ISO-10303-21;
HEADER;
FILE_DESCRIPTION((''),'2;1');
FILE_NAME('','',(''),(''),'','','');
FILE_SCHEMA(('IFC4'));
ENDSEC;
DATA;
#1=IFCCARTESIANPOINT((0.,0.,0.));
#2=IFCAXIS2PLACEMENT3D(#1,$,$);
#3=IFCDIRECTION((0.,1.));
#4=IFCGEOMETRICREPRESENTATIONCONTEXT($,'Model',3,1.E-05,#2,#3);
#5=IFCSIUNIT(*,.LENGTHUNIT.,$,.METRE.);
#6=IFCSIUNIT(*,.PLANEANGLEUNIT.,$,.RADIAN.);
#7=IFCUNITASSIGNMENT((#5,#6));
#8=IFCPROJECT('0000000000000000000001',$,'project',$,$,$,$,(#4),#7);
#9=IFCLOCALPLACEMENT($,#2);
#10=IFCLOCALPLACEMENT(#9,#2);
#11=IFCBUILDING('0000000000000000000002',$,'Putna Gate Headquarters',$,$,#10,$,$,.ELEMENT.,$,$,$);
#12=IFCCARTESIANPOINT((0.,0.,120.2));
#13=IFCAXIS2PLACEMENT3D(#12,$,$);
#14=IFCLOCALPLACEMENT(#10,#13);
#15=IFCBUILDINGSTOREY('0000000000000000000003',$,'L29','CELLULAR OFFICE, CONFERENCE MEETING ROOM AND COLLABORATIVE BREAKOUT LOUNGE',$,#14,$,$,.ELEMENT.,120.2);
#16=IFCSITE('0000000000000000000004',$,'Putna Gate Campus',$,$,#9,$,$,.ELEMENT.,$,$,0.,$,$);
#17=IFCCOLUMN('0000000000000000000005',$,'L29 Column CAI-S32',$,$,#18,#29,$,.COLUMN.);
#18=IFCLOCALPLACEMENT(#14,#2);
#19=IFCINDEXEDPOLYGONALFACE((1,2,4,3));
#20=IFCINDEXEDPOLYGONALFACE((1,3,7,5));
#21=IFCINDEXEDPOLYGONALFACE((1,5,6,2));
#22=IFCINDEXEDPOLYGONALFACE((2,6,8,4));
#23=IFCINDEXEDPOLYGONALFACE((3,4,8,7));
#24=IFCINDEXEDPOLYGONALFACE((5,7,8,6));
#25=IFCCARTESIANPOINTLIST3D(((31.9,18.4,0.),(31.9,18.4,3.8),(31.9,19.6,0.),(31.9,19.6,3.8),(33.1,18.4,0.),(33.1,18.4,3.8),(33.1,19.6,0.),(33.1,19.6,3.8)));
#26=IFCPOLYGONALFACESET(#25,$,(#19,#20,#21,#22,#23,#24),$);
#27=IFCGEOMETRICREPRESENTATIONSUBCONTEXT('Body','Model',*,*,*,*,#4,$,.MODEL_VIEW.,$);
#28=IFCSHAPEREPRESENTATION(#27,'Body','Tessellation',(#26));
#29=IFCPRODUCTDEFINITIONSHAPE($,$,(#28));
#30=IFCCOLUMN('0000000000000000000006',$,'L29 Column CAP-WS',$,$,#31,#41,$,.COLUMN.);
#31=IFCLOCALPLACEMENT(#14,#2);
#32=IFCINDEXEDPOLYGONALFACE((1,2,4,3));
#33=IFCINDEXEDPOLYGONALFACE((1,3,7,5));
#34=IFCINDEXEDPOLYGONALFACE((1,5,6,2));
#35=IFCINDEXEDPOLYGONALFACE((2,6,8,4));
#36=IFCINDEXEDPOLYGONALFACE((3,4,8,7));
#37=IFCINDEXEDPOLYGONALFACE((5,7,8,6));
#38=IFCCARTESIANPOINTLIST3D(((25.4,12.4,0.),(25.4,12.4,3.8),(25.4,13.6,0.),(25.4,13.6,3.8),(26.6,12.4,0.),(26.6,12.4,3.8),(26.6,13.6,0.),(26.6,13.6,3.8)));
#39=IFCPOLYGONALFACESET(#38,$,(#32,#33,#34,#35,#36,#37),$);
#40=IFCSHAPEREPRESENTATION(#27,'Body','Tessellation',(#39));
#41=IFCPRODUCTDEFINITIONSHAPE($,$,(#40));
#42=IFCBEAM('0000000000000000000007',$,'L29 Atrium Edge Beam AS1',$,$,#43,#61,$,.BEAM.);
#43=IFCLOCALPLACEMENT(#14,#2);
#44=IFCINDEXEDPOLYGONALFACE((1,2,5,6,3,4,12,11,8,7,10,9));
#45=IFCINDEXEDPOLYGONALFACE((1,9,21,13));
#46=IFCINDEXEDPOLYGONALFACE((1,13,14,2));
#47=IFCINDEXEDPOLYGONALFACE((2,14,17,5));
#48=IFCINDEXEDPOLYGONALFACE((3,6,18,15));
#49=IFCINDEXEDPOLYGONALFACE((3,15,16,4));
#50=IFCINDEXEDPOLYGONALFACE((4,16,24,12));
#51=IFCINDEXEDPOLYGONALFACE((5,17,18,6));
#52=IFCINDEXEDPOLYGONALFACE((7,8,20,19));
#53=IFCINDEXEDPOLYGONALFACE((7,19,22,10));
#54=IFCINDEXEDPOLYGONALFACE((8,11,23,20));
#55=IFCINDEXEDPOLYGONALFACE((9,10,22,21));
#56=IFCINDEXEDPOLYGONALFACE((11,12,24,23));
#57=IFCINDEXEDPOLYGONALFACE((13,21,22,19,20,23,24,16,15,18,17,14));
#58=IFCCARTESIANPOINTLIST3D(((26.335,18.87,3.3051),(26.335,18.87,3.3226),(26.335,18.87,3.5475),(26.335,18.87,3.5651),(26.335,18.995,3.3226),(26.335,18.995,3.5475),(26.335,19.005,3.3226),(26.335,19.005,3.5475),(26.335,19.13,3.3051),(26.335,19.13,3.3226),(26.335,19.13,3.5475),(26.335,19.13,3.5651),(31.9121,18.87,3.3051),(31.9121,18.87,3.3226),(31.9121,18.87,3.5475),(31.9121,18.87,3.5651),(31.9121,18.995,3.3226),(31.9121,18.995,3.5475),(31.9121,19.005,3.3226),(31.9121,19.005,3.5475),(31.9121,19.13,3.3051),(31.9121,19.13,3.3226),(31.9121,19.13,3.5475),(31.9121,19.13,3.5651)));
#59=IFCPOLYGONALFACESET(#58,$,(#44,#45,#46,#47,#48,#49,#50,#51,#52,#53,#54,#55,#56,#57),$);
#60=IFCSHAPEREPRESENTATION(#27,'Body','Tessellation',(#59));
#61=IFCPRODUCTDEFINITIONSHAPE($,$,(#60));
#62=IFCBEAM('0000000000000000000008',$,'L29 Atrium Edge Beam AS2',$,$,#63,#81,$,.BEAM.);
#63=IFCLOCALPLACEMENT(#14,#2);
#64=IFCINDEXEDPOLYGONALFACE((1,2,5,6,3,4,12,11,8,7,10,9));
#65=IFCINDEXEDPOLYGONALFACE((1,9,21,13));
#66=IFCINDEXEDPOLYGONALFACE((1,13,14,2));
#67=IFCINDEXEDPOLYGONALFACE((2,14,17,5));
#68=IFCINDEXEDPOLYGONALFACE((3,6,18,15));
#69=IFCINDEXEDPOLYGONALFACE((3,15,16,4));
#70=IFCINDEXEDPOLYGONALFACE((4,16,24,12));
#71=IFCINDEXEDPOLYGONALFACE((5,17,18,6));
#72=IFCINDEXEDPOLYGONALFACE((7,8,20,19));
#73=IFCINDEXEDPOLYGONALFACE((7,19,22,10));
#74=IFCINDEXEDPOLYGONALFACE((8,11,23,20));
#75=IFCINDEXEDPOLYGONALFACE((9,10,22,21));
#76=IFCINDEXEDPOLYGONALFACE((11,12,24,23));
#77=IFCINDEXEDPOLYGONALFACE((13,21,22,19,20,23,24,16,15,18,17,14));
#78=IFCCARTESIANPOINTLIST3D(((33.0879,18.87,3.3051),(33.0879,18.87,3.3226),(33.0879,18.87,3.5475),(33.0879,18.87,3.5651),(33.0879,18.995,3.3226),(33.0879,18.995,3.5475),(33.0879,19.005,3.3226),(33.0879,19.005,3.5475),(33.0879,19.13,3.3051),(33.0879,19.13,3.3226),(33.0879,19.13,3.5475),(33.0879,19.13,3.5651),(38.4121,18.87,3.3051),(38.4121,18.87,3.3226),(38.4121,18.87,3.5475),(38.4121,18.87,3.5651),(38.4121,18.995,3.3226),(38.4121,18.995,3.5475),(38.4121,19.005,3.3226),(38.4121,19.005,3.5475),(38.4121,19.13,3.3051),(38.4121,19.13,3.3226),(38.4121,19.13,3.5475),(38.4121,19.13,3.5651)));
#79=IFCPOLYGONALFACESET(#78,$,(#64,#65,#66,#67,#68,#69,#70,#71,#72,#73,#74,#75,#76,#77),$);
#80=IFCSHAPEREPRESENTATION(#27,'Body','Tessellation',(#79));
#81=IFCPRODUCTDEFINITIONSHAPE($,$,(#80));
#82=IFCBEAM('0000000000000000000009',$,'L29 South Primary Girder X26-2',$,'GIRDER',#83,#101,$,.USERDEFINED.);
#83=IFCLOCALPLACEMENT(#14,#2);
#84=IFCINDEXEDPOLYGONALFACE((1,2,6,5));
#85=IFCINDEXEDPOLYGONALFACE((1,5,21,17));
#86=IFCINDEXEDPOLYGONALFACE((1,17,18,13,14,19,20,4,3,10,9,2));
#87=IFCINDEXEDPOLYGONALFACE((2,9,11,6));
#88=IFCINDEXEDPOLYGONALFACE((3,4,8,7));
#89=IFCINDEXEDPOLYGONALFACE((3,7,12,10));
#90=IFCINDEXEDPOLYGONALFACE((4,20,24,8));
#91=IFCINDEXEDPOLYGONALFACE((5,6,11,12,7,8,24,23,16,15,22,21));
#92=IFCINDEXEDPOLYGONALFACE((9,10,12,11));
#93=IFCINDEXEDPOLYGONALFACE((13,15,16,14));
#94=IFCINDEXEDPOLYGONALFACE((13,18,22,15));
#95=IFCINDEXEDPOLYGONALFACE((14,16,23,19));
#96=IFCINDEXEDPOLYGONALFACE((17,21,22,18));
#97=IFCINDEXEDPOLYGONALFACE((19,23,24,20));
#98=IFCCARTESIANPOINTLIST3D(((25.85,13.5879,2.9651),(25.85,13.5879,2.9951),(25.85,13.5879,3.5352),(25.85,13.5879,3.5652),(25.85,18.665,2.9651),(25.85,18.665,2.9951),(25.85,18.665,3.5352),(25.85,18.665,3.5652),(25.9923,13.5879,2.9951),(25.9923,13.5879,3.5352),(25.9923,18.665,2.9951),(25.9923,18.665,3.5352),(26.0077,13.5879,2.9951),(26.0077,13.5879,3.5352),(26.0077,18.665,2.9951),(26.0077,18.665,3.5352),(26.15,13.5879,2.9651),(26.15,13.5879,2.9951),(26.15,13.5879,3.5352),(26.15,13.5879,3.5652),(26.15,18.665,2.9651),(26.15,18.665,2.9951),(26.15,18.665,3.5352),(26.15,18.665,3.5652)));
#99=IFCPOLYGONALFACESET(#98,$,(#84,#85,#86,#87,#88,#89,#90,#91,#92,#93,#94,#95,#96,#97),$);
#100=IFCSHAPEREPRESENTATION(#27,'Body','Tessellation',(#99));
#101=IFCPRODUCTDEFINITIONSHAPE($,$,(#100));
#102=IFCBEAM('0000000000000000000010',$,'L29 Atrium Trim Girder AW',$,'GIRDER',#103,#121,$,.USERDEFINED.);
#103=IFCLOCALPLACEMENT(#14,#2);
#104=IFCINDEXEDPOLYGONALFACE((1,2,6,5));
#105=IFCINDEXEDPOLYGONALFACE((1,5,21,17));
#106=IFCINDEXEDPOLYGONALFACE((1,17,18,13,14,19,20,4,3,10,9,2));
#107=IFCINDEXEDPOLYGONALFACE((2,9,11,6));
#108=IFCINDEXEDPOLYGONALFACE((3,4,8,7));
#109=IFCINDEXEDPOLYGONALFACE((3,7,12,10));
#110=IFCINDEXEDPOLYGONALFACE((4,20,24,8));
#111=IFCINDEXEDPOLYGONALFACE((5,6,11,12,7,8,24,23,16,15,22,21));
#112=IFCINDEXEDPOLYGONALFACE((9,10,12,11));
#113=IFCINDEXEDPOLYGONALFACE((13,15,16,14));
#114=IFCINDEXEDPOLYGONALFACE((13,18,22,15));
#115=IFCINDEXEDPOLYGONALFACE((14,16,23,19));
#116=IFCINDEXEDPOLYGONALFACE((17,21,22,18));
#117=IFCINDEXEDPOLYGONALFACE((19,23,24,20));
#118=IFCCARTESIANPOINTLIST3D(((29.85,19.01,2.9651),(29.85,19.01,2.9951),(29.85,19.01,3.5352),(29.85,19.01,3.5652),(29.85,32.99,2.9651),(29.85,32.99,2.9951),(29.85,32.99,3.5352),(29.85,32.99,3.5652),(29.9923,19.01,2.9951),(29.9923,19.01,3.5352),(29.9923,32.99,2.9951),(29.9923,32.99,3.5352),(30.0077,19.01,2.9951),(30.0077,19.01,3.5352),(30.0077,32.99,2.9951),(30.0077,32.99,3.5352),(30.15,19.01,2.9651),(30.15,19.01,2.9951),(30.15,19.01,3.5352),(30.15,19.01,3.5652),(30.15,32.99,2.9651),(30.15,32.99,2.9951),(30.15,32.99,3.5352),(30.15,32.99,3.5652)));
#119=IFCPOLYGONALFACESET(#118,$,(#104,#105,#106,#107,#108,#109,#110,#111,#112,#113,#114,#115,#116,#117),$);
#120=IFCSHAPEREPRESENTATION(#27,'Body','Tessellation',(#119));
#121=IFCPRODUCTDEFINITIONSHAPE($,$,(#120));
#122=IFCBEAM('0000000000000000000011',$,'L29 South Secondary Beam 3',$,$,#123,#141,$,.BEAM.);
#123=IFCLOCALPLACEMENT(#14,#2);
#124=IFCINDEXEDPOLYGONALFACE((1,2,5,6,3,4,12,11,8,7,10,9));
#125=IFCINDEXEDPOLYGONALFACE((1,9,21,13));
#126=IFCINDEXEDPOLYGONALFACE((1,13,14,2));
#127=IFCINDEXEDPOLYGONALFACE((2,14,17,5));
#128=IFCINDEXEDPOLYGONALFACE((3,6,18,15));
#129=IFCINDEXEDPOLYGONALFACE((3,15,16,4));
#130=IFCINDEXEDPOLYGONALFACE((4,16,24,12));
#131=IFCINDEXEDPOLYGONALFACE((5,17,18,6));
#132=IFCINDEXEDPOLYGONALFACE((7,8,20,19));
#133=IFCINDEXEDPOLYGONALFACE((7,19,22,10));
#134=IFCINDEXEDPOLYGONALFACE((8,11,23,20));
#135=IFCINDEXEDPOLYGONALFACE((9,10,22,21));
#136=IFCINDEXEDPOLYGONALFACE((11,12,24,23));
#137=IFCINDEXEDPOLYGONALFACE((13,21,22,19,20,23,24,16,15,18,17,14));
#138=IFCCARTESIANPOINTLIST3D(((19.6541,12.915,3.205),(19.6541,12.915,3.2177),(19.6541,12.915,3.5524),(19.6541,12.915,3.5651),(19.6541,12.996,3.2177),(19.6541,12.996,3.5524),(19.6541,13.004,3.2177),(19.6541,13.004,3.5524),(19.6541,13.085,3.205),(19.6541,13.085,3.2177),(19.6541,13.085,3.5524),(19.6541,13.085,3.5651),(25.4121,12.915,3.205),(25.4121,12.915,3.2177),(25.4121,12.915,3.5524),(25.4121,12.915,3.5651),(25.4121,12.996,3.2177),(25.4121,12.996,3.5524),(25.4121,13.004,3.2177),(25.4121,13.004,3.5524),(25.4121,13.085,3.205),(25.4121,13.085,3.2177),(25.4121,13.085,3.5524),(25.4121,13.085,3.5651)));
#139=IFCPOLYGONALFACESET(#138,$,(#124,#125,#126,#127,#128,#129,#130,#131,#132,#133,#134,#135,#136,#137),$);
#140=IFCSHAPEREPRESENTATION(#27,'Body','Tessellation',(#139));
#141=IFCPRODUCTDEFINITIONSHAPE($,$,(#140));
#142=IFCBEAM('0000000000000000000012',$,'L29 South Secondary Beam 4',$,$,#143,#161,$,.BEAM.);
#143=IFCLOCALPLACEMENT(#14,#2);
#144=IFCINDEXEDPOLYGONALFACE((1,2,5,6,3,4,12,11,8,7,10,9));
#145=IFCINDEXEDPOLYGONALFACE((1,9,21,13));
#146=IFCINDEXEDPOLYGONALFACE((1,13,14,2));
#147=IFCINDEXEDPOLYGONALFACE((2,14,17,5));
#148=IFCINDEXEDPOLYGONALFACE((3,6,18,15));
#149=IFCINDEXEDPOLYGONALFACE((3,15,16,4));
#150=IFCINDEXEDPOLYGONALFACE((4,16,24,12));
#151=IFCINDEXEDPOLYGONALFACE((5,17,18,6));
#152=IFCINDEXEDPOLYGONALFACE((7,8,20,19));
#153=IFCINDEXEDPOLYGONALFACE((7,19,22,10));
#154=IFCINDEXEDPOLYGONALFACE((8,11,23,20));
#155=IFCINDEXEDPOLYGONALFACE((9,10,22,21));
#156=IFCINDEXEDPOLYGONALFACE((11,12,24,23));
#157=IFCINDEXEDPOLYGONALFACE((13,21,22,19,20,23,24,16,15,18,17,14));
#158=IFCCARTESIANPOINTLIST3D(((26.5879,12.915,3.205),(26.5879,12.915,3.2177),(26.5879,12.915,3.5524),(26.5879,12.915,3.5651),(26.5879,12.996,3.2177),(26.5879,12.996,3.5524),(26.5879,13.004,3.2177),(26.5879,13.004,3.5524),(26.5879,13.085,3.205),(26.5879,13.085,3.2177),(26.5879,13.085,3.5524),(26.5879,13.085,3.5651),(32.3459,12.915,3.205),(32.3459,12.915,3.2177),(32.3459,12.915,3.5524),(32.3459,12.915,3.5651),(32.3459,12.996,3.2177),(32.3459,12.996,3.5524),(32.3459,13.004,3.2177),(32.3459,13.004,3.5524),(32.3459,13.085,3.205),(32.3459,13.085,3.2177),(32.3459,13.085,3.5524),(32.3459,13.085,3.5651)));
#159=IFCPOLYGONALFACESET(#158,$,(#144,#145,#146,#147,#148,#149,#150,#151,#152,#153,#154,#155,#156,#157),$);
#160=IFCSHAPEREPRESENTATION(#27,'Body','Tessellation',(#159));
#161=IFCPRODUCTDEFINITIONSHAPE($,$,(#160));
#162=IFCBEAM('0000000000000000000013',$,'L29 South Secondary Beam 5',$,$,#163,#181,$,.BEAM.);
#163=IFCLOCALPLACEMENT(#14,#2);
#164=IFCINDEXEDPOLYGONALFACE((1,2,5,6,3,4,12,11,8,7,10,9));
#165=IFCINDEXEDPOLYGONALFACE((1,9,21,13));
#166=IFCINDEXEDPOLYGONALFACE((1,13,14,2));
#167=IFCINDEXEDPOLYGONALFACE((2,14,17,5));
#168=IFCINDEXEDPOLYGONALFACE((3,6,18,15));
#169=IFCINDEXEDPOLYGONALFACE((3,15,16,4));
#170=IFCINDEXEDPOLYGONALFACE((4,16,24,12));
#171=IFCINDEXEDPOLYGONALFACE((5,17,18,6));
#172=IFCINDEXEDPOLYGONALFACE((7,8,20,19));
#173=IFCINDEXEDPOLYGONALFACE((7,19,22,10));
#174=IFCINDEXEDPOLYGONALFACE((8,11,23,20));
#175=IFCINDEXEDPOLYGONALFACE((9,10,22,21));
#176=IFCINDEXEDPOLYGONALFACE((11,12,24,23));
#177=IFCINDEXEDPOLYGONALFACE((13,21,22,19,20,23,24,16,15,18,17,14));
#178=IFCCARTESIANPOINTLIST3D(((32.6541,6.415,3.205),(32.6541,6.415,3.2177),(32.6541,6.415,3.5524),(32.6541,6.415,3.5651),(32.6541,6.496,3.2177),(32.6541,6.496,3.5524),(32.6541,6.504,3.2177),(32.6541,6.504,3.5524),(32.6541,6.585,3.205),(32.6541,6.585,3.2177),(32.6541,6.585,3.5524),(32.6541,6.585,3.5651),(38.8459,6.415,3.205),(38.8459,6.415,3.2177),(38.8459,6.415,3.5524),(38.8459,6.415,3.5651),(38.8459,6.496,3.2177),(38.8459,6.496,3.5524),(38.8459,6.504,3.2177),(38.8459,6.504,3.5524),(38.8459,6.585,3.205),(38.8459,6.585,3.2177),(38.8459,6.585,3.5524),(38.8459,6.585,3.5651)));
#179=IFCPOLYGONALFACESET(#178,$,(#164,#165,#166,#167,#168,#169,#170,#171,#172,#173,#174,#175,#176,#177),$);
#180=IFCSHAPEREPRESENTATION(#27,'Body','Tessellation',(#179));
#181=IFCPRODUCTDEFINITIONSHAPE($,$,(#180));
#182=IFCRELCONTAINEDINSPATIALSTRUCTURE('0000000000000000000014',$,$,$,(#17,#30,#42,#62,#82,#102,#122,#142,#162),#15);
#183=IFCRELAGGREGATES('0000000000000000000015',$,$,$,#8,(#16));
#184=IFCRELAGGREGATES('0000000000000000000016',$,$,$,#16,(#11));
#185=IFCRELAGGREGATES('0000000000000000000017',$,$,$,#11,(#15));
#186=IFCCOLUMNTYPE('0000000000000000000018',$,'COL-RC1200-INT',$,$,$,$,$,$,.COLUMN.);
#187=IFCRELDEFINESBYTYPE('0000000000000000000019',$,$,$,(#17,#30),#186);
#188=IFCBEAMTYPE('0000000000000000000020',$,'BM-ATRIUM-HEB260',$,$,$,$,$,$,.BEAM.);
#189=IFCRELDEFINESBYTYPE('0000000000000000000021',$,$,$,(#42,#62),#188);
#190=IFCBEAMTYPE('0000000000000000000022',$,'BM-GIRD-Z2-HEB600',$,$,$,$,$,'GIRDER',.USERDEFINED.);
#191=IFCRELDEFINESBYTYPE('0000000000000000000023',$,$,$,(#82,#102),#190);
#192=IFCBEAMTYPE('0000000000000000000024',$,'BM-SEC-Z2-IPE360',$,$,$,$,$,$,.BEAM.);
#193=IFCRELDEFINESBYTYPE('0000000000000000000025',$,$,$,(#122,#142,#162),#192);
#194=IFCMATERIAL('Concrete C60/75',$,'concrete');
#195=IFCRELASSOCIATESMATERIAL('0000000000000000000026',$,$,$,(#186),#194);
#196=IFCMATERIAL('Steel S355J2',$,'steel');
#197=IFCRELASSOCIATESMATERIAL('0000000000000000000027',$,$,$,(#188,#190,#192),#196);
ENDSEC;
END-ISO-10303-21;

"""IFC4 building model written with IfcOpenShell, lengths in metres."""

from ifc_helpers import new_model, si_unit, direction, frame, origin, origin_2d, place, context, subcontext, project, spatial, rectangle, i_section, extrude, material, material_profile, profile_set, type_object, element, save


model = new_model("IFC4")

# Units and contexts
model_context = context("Model", 3, precision=1e-05, world=origin(), true_north=direction((0.0, 1.0)))
body_context = subcontext(model_context, "Body", "Model", "MODEL_VIEW")
ifc_project = project(units=[si_unit("LENGTHUNIT", "METRE"), si_unit("PLANEANGLEUNIT", "RADIAN")], contexts=[model_context])

# Site, building, storey
site_placement = place(None, origin())
site = spatial("IfcSite", under=ifc_project, at=site_placement, Name="Putna Gate Campus", CompositionType="ELEMENT", RefElevation=0.0)
building_placement = place(site_placement, origin())
building = spatial("IfcBuilding", under=site, at=building_placement, Name="Putna Gate Headquarters", CompositionType="ELEMENT")
storey_placement = place(building_placement, frame((0.0, 0.0, 120.2)))
storey = spatial("IfcBuildingStorey", under=building, at=storey_placement, Name="L29", Description="CELLULAR OFFICE, CONFERENCE MEETING ROOM AND COLLABORATIVE BREAKOUT LOUNGE", CompositionType="ELEMENT", Elevation=120.2)

# Columns
ifc_material_1 = material(Name="Concrete C60/75", Category="concrete")
ifc_material_profile_1 = material_profile(ifc_material_1, rectangle(XDim=1.2, YDim=1.2, at=origin_2d()), Name="Concrete C60/75")
ifc_profile_set_1 = profile_set([ifc_material_profile_1], Name="Concrete C60/75")
column_type = type_object("IfcColumnType", Name="COL-RC1200-INT", PredefinedType="COLUMN", material=ifc_profile_set_1)
for number, where, z_axis, x_axis, name in (
    (1, (32.5, 19.0, 0.0), (0.0, 0.0, 1.0), (1.0, 0.0, 0.0), "L29 Column CAI-S32"),
    (2, (26.0, 13.0, 0.0), (0.0, 0.0, 1.0), (1.0, 0.0, 0.0), "L29 Column CAP-WS"),
):
    element("IfcColumn", number, at=place(storey_placement, frame(where, z_axis=z_axis, x_axis=x_axis)), inside=storey, type_object=column_type, Name=name, PredefinedType="COLUMN", context=body_context, shape_type="SweptSolid", body=[
        extrude(rectangle(XDim=1.2, YDim=1.2, at=origin_2d()), origin(), (0.0, 0.0, 1.0), 3.8),
    ])

# Beams
ifc_material_2 = material(Name="Steel S355J2", Category="steel")
ifc_material_profile_2 = material_profile(ifc_material_2, i_section(OverallWidth=0.26, OverallDepth=0.26, WebThickness=0.01, FlangeThickness=0.0176, at=origin_2d()), Name="Steel S355J2")
ifc_profile_set_2 = profile_set([ifc_material_profile_2], Name="Steel S355J2")
beam_type_1 = type_object("IfcBeamType", Name="BM-ATRIUM-HEB260", PredefinedType="BEAM", material=ifc_profile_set_2)
beam_1_placement = place(storey_placement, frame((26.335, 19.0, 3.4351), z_axis=(1.0, 0.0, 0.0), x_axis=(0.0, 1.0, 0.0)))
element("IfcBeam", 3, at=beam_1_placement, inside=storey, type_object=beam_type_1, Name="L29 Atrium Edge Beam AS1", PredefinedType="BEAM", context=body_context, shape_type="SweptSolid", body=[
    extrude(i_section(OverallWidth=0.26, OverallDepth=0.26, WebThickness=0.01, FlangeThickness=0.0176, at=origin_2d()), origin(), (0.0, 0.0, 1.0), 5.5771),
])
beam_2_placement = place(storey_placement, frame((33.0879, 19.0, 3.4351), z_axis=(1.0, 0.0, 0.0), x_axis=(0.0, 1.0, 0.0)))
element("IfcBeam", 4, at=beam_2_placement, inside=storey, type_object=beam_type_1, Name="L29 Atrium Edge Beam AS2", PredefinedType="BEAM", context=body_context, shape_type="SweptSolid", body=[
    extrude(i_section(OverallWidth=0.26, OverallDepth=0.26, WebThickness=0.01, FlangeThickness=0.0176, at=origin_2d()), origin(), (0.0, 0.0, 1.0), 5.3242),
])
ifc_material_profile_3 = material_profile(ifc_material_2, i_section(OverallWidth=0.3, OverallDepth=0.6001, WebThickness=0.0154, FlangeThickness=0.03, at=origin_2d()), Name="Steel S355J2")
ifc_profile_set_3 = profile_set([ifc_material_profile_3], Name="Steel S355J2")
beam_type_2 = type_object("IfcBeamType", Name="BM-GIRD-Z2-HEB600", ElementType="GIRDER", PredefinedType="USERDEFINED", material=ifc_profile_set_3)
beam_3_placement = place(storey_placement, frame((26.0, 13.5879, 3.2651), z_axis=(0.0, 1.0, 0.0), x_axis=(-1.0, 0.0, 0.0)))
element("IfcBeam", 5, at=beam_3_placement, inside=storey, type_object=beam_type_2, Name="L29 South Primary Girder X26-2", ObjectType="GIRDER", PredefinedType="USERDEFINED", context=body_context, shape_type="SweptSolid", body=[
    extrude(i_section(OverallWidth=0.3, OverallDepth=0.6001, WebThickness=0.0154, FlangeThickness=0.03, at=origin_2d()), origin(), (0.0, 0.0, 1.0), 5.0771),
])
beam_4_placement = place(storey_placement, frame((30.0, 19.01, 3.2651), z_axis=(0.0, 1.0, 0.0), x_axis=(-1.0, 0.0, 0.0)))
element("IfcBeam", 6, at=beam_4_placement, inside=storey, type_object=beam_type_2, Name="L29 Atrium Trim Girder AW", ObjectType="GIRDER", PredefinedType="USERDEFINED", context=body_context, shape_type="SweptSolid", body=[
    extrude(i_section(OverallWidth=0.3, OverallDepth=0.6001, WebThickness=0.0154, FlangeThickness=0.03, at=origin_2d()), origin(), (0.0, 0.0, 1.0), 13.98),
])
ifc_material_profile_4 = material_profile(ifc_material_2, i_section(OverallWidth=0.1699, OverallDepth=0.3601, WebThickness=0.0081, FlangeThickness=0.0127, at=origin_2d()), Name="Steel S355J2")
ifc_profile_set_4 = profile_set([ifc_material_profile_4], Name="Steel S355J2")
beam_type_3 = type_object("IfcBeamType", Name="BM-SEC-Z2-IPE360", PredefinedType="BEAM", material=ifc_profile_set_4)
for number, where, z_axis, x_axis, name in (
    (7, (19.6541, 13.0, 3.385), (1.0, 0.0, 0.0), (0.0, 1.0, 0.0), "L29 South Secondary Beam 3"),
    (8, (26.5879, 13.0, 3.385), (1.0, 0.0, 0.0), (0.0, 1.0, 0.0), "L29 South Secondary Beam 4"),
):
    element("IfcBeam", number, at=place(storey_placement, frame(where, z_axis=z_axis, x_axis=x_axis)), inside=storey, type_object=beam_type_3, Name=name, PredefinedType="BEAM", context=body_context, shape_type="SweptSolid", body=[
        extrude(i_section(OverallWidth=0.1699, OverallDepth=0.3601, WebThickness=0.0081, FlangeThickness=0.0127, at=origin_2d()), origin(), (0.0, 0.0, 1.0), 5.7581),
    ])
for number, where, z_axis, x_axis, name in (
    (9, (32.6541, 6.5, 3.385), (1.0, 0.0, 0.0), (0.0, 1.0, 0.0), "L29 South Secondary Beam 5"),
):
    element("IfcBeam", number, at=place(storey_placement, frame(where, z_axis=z_axis, x_axis=x_axis)), inside=storey, type_object=beam_type_3, Name=name, PredefinedType="BEAM", context=body_context, shape_type="SweptSolid", body=[
        extrude(i_section(OverallWidth=0.1699, OverallDepth=0.3601, WebThickness=0.0081, FlangeThickness=0.0127, at=origin_2d()), origin(), (0.0, 0.0, 1.0), 6.1919),
    ])

save(model, "model.ifc")
